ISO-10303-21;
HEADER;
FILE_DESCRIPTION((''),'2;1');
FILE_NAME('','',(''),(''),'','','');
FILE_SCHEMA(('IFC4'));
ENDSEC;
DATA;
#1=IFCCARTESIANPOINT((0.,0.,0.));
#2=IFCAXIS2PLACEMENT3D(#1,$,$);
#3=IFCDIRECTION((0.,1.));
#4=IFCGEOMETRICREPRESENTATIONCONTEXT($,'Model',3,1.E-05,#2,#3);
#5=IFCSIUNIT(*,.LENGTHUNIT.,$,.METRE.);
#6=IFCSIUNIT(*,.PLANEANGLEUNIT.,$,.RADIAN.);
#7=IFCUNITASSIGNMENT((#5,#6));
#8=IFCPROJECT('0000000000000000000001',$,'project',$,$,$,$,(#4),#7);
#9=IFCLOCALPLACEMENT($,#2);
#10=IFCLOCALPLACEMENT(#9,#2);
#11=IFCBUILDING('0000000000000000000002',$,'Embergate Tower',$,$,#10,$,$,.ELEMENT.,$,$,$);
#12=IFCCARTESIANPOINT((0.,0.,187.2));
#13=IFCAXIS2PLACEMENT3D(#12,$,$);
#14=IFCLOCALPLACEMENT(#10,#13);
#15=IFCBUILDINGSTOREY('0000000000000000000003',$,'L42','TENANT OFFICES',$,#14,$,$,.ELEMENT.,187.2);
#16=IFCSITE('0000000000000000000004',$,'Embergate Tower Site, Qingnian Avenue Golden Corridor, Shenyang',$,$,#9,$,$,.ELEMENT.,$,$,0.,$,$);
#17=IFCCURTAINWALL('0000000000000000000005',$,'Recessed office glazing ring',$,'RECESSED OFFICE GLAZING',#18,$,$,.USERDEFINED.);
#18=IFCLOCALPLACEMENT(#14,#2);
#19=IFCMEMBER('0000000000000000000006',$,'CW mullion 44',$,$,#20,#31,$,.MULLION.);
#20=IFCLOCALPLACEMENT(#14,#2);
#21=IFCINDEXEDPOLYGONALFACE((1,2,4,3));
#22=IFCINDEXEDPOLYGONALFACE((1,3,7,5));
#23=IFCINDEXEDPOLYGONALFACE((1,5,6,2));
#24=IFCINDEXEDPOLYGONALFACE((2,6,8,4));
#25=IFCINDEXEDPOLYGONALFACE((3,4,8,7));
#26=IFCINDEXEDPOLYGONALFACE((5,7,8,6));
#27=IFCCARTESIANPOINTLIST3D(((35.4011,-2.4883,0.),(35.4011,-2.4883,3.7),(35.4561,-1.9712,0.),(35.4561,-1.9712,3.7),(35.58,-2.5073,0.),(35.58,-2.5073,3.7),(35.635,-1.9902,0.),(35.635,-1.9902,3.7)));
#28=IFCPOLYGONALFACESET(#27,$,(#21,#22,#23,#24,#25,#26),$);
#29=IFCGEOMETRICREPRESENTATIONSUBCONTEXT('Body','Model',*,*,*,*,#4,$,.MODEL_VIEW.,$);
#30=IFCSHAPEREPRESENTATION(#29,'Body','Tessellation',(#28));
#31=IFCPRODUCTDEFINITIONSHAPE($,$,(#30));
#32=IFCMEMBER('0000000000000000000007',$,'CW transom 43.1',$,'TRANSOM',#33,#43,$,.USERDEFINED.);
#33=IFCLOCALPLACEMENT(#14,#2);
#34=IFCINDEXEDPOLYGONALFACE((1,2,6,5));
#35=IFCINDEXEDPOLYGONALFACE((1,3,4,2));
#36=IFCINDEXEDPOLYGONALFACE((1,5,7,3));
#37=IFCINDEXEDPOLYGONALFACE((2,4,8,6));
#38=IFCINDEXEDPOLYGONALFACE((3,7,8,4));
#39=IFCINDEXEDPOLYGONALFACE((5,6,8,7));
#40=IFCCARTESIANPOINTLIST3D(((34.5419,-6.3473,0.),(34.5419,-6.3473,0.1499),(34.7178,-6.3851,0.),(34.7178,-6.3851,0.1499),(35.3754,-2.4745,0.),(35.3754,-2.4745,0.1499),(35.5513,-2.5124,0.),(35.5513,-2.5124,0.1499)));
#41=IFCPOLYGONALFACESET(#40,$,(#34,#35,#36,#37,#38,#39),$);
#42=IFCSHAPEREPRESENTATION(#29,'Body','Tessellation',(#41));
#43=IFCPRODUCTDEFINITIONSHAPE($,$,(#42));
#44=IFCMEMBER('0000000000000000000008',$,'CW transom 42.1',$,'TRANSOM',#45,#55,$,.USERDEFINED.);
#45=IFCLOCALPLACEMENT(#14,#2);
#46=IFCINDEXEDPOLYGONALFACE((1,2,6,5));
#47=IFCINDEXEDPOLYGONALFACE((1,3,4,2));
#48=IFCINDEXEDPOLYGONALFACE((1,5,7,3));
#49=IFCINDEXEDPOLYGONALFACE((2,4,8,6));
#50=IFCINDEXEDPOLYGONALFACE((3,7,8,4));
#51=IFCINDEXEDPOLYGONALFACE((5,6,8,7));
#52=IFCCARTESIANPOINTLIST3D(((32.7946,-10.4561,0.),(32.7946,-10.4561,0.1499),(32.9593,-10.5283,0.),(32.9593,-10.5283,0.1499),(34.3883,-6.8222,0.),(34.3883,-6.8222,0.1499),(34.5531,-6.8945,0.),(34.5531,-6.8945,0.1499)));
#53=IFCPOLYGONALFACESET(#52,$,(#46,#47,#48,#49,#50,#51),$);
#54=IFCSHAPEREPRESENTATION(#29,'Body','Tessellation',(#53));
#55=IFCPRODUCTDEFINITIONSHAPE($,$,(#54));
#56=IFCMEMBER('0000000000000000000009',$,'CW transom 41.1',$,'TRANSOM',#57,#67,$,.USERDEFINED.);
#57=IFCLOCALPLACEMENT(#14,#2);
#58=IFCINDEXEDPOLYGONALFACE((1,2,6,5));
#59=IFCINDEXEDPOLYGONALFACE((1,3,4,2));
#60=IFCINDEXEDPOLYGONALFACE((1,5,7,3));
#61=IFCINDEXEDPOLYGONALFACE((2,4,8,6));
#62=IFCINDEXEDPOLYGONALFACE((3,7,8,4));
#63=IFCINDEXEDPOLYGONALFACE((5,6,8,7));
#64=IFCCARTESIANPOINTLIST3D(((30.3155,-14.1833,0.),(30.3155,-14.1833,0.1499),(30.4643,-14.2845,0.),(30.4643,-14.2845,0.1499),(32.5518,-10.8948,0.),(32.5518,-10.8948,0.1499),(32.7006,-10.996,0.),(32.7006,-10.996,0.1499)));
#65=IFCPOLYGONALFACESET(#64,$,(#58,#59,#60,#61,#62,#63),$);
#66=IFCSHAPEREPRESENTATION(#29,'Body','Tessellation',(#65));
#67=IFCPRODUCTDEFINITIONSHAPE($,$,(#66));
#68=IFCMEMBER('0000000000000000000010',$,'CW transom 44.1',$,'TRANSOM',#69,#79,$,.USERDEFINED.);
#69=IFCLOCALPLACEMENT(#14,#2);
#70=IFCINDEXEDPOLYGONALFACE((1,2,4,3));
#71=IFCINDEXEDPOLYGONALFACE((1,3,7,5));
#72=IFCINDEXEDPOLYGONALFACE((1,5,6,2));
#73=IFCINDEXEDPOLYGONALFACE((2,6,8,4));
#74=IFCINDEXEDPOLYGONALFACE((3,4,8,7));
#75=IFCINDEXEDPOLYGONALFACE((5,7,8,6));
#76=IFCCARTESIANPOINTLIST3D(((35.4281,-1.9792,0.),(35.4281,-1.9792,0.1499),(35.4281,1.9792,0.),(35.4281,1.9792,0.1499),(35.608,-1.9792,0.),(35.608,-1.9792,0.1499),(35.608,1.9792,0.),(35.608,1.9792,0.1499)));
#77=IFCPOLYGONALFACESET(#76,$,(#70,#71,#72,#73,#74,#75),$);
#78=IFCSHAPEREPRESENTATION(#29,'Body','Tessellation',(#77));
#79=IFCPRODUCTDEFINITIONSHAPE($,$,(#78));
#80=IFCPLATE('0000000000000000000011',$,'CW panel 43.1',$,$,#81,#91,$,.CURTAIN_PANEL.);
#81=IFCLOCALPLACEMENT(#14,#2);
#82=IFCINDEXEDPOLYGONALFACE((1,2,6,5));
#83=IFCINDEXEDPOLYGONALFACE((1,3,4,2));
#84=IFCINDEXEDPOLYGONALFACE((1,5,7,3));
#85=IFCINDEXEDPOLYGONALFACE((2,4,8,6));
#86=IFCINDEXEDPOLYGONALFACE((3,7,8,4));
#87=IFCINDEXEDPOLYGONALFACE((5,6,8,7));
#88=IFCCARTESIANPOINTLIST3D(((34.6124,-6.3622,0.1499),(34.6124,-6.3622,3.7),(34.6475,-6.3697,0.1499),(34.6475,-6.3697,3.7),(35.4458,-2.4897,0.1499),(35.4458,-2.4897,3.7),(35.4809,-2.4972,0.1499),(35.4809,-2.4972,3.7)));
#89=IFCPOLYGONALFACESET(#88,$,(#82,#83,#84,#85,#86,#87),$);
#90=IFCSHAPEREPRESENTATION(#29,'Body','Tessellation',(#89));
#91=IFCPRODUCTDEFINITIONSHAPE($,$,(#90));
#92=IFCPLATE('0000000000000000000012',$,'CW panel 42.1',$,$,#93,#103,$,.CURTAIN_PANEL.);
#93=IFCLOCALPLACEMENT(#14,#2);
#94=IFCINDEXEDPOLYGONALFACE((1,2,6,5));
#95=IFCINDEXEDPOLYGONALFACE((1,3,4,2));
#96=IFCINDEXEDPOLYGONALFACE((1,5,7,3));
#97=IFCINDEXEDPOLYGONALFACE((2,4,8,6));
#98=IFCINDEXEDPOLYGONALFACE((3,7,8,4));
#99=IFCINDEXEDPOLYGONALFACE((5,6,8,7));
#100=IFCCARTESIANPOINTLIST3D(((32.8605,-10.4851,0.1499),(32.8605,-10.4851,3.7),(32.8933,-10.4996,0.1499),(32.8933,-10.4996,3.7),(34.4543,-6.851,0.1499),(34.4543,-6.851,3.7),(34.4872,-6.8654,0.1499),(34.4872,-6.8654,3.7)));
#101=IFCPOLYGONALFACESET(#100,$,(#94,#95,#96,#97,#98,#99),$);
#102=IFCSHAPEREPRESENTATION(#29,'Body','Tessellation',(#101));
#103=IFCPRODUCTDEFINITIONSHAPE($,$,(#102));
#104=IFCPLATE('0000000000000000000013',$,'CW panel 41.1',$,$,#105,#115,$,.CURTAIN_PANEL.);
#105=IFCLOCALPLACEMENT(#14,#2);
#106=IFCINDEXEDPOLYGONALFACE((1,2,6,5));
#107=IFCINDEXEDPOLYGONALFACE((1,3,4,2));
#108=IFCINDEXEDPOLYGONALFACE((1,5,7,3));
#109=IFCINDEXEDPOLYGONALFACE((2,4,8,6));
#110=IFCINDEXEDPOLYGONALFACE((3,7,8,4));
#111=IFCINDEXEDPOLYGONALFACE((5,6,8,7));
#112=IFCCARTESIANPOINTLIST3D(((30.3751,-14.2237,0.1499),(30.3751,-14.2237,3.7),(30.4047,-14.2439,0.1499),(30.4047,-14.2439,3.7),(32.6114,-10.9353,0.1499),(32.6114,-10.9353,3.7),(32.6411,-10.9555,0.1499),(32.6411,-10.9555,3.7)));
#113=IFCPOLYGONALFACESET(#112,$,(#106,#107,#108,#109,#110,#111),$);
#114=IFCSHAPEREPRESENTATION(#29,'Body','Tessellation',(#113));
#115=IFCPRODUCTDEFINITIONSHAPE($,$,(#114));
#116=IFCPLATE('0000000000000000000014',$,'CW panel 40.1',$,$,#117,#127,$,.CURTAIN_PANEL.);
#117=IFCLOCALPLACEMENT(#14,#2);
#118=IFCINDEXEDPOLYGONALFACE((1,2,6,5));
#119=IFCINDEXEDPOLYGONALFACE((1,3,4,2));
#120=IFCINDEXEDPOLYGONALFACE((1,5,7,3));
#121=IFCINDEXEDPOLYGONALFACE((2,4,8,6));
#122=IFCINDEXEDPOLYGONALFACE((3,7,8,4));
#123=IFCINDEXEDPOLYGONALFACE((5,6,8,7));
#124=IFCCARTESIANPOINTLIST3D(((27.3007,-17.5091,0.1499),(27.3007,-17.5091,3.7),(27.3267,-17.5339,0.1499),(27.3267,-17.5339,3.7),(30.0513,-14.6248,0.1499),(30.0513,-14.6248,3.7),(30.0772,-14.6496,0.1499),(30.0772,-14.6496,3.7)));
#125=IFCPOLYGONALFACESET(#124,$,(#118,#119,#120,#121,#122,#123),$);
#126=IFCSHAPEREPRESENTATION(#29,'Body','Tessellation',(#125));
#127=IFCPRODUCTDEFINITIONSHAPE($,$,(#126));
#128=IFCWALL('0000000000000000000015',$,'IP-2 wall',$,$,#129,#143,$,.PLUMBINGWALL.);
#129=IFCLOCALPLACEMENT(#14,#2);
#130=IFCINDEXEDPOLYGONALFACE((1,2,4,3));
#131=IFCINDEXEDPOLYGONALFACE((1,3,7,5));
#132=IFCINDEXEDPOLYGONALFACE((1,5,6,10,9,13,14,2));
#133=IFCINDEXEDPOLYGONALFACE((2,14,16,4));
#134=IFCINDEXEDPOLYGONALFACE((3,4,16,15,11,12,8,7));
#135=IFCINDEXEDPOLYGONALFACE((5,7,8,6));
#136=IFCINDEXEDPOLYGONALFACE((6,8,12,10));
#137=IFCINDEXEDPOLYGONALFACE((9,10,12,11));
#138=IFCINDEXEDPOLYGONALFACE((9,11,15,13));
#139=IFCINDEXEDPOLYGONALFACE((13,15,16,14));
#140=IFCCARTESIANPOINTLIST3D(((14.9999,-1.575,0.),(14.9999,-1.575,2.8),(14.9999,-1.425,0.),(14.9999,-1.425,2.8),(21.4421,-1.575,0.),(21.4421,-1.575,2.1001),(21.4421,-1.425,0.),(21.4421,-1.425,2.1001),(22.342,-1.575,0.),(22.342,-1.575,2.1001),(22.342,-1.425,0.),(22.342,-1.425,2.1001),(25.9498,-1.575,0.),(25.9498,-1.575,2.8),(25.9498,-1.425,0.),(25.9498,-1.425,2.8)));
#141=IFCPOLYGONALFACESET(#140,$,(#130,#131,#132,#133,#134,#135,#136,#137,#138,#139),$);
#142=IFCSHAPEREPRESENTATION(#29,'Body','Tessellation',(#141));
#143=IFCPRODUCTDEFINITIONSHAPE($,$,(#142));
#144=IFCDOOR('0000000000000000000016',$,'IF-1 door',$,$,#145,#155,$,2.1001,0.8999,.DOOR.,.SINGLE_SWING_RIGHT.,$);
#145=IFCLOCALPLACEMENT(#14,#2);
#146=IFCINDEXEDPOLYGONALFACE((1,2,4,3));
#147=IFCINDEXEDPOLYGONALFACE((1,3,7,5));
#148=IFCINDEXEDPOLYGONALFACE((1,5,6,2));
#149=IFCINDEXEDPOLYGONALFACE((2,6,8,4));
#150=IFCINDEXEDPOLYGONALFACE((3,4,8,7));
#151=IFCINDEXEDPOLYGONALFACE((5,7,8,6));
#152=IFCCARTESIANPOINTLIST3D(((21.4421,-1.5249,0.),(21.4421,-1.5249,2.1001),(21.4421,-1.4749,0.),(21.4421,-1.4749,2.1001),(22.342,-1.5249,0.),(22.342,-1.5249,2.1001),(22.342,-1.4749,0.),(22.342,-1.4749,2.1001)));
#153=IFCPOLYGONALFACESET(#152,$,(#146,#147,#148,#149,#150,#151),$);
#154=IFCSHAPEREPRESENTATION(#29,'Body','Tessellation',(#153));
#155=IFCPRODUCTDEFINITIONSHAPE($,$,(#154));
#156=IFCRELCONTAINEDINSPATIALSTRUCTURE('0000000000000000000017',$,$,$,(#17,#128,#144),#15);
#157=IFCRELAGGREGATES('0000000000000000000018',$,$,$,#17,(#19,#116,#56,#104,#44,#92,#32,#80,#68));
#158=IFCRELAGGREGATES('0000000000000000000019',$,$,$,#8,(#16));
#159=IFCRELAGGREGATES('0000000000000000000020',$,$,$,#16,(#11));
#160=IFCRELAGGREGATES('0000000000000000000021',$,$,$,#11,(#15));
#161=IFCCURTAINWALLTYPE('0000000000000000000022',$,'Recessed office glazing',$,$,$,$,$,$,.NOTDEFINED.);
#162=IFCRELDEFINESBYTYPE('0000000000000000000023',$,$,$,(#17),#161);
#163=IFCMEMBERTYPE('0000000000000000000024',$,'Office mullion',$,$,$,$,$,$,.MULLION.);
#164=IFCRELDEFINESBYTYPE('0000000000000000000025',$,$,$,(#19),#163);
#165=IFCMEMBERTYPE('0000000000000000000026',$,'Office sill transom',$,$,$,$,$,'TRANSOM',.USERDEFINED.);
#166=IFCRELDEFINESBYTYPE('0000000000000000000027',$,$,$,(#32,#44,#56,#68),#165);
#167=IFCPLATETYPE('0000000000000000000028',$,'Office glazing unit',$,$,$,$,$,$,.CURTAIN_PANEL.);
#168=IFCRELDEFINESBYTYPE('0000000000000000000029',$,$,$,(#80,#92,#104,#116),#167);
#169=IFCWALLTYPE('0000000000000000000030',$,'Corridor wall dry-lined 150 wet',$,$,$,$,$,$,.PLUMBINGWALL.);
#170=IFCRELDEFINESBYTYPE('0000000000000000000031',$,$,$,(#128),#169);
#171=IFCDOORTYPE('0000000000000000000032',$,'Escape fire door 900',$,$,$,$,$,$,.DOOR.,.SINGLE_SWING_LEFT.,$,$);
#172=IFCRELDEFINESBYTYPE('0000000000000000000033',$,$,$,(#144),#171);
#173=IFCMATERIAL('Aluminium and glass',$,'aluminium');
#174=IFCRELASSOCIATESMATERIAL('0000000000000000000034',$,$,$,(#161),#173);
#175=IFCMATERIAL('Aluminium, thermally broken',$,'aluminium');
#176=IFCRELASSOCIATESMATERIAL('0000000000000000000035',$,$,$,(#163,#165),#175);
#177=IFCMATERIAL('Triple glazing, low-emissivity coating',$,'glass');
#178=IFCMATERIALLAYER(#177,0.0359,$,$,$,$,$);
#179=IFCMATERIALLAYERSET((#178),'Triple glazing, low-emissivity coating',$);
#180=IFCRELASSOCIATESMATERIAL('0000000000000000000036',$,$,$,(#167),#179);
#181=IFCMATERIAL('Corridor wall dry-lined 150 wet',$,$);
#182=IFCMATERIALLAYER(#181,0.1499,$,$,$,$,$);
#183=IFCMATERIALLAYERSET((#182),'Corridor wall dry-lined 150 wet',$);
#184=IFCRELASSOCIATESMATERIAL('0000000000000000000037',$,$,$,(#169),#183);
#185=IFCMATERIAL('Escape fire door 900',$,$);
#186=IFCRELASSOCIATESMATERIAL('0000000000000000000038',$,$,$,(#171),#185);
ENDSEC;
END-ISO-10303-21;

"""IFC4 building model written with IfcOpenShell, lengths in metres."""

from ifc_helpers import new_model, si_unit, direction, frame, frame_2d, origin, origin_2d, place, context, subcontext, project, spatial, rectangle, extrude, source, transform, mapped, material, layer, layer_set, material_profile, profile_set, type_object, element, fill, aggregate, save


model = new_model("IFC4")

# Units and contexts
model_context = context("Model", 3, precision=1e-05, world=origin(), true_north=direction((0.0, 1.0)))
body_context = subcontext(model_context, "Body", "Model", "MODEL_VIEW")
ifc_project = project(units=[si_unit("LENGTHUNIT", "METRE"), si_unit("PLANEANGLEUNIT", "RADIAN")], contexts=[model_context])

# Site, building, storey
site_placement = place(None, origin())
site = spatial("IfcSite", under=ifc_project, at=site_placement, Name="Embergate Tower Site, Qingnian Avenue Golden Corridor, Shenyang", CompositionType="ELEMENT", RefElevation=0.0)
building_placement = place(site_placement, origin())
building = spatial("IfcBuilding", under=site, at=building_placement, Name="Embergate Tower", CompositionType="ELEMENT")
storey_placement = place(building_placement, frame((0.0, 0.0, 187.2)))
storey = spatial("IfcBuildingStorey", under=building, at=storey_placement, Name="L42", Description="TENANT OFFICES", CompositionType="ELEMENT", Elevation=187.2)

# Curtain wall, members, plates
ifc_material_1 = material(Name="Aluminium and glass", Category="aluminium")
curtain_wall_type = type_object("IfcCurtainWallType", Name="Recessed office glazing", PredefinedType="NOTDEFINED", material=ifc_material_1)
curtain_wall_placement = place(storey_placement, origin())
curtain_wall = element("IfcCurtainWall", 1, at=curtain_wall_placement, inside=storey, type_object=curtain_wall_type, Name="Recessed office glazing ring", ObjectType="RECESSED OFFICE GLAZING", PredefinedType="USERDEFINED")
ifc_material_2 = material(Name="Aluminium, thermally broken", Category="aluminium")
ifc_material_profile_1 = material_profile(ifc_material_2, rectangle(XDim=0.1799, YDim=0.52, at=origin_2d()), Name="AL 520x180")
ifc_profile_set_1 = profile_set([ifc_material_profile_1], Name="Aluminium, thermally broken")
member_type_1 = type_object("IfcMemberType", Name="Office mullion", PredefinedType="MULLION", material=ifc_profile_set_1)
shared_shape_1 = source(origin(), body_context, "Body", "SweptSolid", [
    extrude(rectangle(XDim=0.1799, YDim=0.52, at=origin_2d()), origin(), (0.0, 0.0, 1.0), 3.7),
])
member_1_placement = place(storey_placement, frame((35.5181, -2.2393, 0.0), z_axis=(0.0, 0.0, 1.0), x_axis=(-0.994385, 0.105823, 0.0)))
member_1 = element("IfcMember", 2, at=member_1_placement, type_object=member_type_1, Name="CW mullion 44", PredefinedType="MULLION", context=body_context, shape_type="MappedRepresentation", body=[
    mapped(shared_shape_1, transform((0.0, 0.0, 0.0))),
])
ifc_material_profile_2 = material_profile(ifc_material_2, rectangle(XDim=0.1799, YDim=0.1499, at=origin_2d()), Name="AL 150x180")
ifc_profile_set_2 = profile_set([ifc_material_profile_2], Name="Aluminium, thermally broken")
member_type_2 = type_object("IfcMemberType", Name="Office sill transom", ElementType="TRANSOM", PredefinedType="USERDEFINED", material=ifc_profile_set_2)
shared_shape_2 = source(origin(), body_context, "Body", "SweptSolid", [
    extrude(rectangle(XDim=0.1799, YDim=0.1499, at=origin_2d()), origin(), (0.0, 0.0, 1.0), 3.9614),
])
member_2_placement = place(storey_placement, frame((34.6299, -6.3662, 0.075), z_axis=(0.2104, 0.977615, 0.0), x_axis=(-0.977615, 0.2104, 0.0)))
member_2 = element("IfcMember", 3, at=member_2_placement, type_object=member_type_2, Name="CW transom 43.1", ObjectType="TRANSOM", PredefinedType="USERDEFINED", context=body_context, shape_type="MappedRepresentation", body=[
    mapped(shared_shape_2, transform((0.0, 0.0, 0.0))),
])
shared_shape_3 = source(origin(), body_context, "Body", "SweptSolid", [
    extrude(rectangle(XDim=0.1799, YDim=0.1499, at=origin_2d()), origin(), (0.0, 0.0, 1.0), 3.968),
])
member_3_placement = place(storey_placement, frame((32.877, -10.4922, 0.075), z_axis=(0.401658, 0.91579, 0.0), x_axis=(-0.91579, 0.401658, 0.0)))
member_3 = element("IfcMember", 4, at=member_3_placement, type_object=member_type_2, Name="CW transom 42.1", ObjectType="TRANSOM", PredefinedType="USERDEFINED", context=body_context, shape_type="MappedRepresentation", body=[
    mapped(shared_shape_3, transform((0.0, 0.0, 0.0))),
])
shared_shape_4 = source(origin(), body_context, "Body", "SweptSolid", [
    extrude(rectangle(XDim=0.1799, YDim=0.1499, at=origin_2d()), origin(), (0.0, 0.0, 1.0), 3.9768),
])
member_4_placement = place(storey_placement, frame((30.3899, -14.2339, 0.075), z_axis=(0.562327, 0.826915, 0.0), x_axis=(-0.826915, 0.562327, 0.0)))
member_4 = element("IfcMember", 5, at=member_4_placement, type_object=member_type_2, Name="CW transom 41.1", ObjectType="TRANSOM", PredefinedType="USERDEFINED", context=body_context, shape_type="MappedRepresentation", body=[
    mapped(shared_shape_4, transform((0.0, 0.0, 0.0))),
])
shared_shape_5 = source(origin(), body_context, "Body", "SweptSolid", [
    extrude(rectangle(XDim=0.1799, YDim=0.1499, at=origin_2d()), origin(), (0.0, 0.0, 1.0), 3.9585),
])
member_5_placement = place(storey_placement, frame((35.5181, -1.9792, 0.075), z_axis=(0.0, 1.0, 0.0), x_axis=(-1.0, 0.0, 0.0)))
member_5 = element("IfcMember", 6, at=member_5_placement, type_object=member_type_2, Name="CW transom 44.1", ObjectType="TRANSOM", PredefinedType="USERDEFINED", context=body_context, shape_type="MappedRepresentation", body=[
    mapped(shared_shape_5, transform((0.0, 0.0, 0.0))),
])
ifc_material_3 = material(Name="Triple glazing, low-emissivity coating", Category="glass")
ifc_layer_1 = layer(ifc_material_3, 0.0359)
ifc_layer_set_1 = layer_set([ifc_layer_1], Name="Triple glazing, low-emissivity coating")
plate_type = type_object("IfcPlateType", Name="Office glazing unit", PredefinedType="CURTAIN_PANEL", material=ifc_layer_set_1)
shared_shape_6 = source(origin(), body_context, "Body", "SweptSolid", [
    extrude(rectangle(XDim=3.9612, YDim=0.0359, at=origin_2d()), origin(), (0.0, 0.0, 1.0), 3.55),
])
plate_1_placement = place(storey_placement, frame((35.0466, -4.4297, 0.1499), z_axis=(0.0, 0.0, 1.0), x_axis=(0.210397, 0.977616, 0.0)))
plate_1 = element("IfcPlate", 7, at=plate_1_placement, type_object=plate_type, Name="CW panel 43.1", PredefinedType="CURTAIN_PANEL", context=body_context, shape_type="MappedRepresentation", body=[
    mapped(shared_shape_6, transform((0.0, 0.0, 0.0))),
])
shared_shape_7 = source(origin(), body_context, "Body", "SweptSolid", [
    extrude(rectangle(XDim=3.9683, YDim=0.0359, at=origin_2d()), origin(), (0.0, 0.0, 1.0), 3.55),
])
plate_2_placement = place(storey_placement, frame((33.6738, -8.6753, 0.1499), z_axis=(0.0, 0.0, 1.0), x_axis=(0.401651, 0.915793, 0.0)))
plate_2 = element("IfcPlate", 8, at=plate_2_placement, type_object=plate_type, Name="CW panel 42.1", PredefinedType="CURTAIN_PANEL", context=body_context, shape_type="MappedRepresentation", body=[
    mapped(shared_shape_7, transform((0.0, 0.0, 0.0))),
])
shared_shape_8 = source(origin(), body_context, "Body", "SweptSolid", [
    extrude(rectangle(XDim=3.9768, YDim=0.0359, at=origin_2d()), origin(), (0.0, 0.0, 1.0), 3.55),
])
plate_3_placement = place(storey_placement, frame((31.5081, -12.5896, 0.1499), z_axis=(0.0, 0.0, 1.0), x_axis=(0.56234, 0.826906, 0.0)))
plate_3 = element("IfcPlate", 9, at=plate_3_placement, type_object=plate_type, Name="CW panel 41.1", PredefinedType="CURTAIN_PANEL", context=body_context, shape_type="MappedRepresentation", body=[
    mapped(shared_shape_8, transform((0.0, 0.0, 0.0))),
])
shared_shape_9 = source(origin(), body_context, "Body", "SweptSolid", [
    extrude(rectangle(XDim=3.9856, YDim=0.0359, at=origin_2d()), origin(), (0.0, 0.0, 1.0), 3.55),
])
plate_4_placement = place(storey_placement, frame((28.689, -16.0793, 0.1499), z_axis=(0.0, 0.0, 1.0), x_axis=(0.690133, 0.723683, 0.0)))
plate_4 = element("IfcPlate", 10, at=plate_4_placement, type_object=plate_type, Name="CW panel 40.1", PredefinedType="CURTAIN_PANEL", context=body_context, shape_type="MappedRepresentation", body=[
    mapped(shared_shape_9, transform((0.0, 0.0, 0.0))),
])
aggregate(curtain_wall, [member_1, plate_4, member_4, plate_3, member_3, plate_2, member_2, plate_1, member_5])

# Wall, opening, door
ifc_material_4 = material(Name="Corridor wall dry-lined 150 wet")
ifc_layer_2 = layer(ifc_material_4, 0.1499)
ifc_layer_set_2 = layer_set([ifc_layer_2], Name="Corridor wall dry-lined 150 wet")
wall_type_1 = type_object("IfcWallType", Name="Corridor wall dry-lined 150 wet", PredefinedType="PLUMBINGWALL", material=ifc_layer_set_2)
shared_shape_10 = source(origin(), body_context, "Body", "SweptSolid", [
    extrude(rectangle(XDim=10.95, YDim=0.1499, at=frame_2d((5.4751, 0.0))), origin(), (0.0, 0.0, 1.0), 2.8),
])
wall_1_placement = place(storey_placement, frame((25.95, -1.5, 0.0), z_axis=(0.0, 0.0, 1.0), x_axis=(-1.0, 0.0, 0.0)))
wall_1 = element("IfcWall", 11, at=wall_1_placement, inside=storey, type_object=wall_type_1, Name="IP-2 wall", PredefinedType="PLUMBINGWALL", context=body_context, shape_type="MappedRepresentation", body=[
    mapped(shared_shape_10, transform((0.0, 0.0, 0.0))),
])
shared_shape_11 = source(origin(), body_context, "Body", "SweptSolid", [
    extrude(rectangle(XDim=0.8999, YDim=2.1001, at=frame_2d((0.45, 1.05))), frame((0.0, 0.085, 0.0), z_axis=(0.0, -1.0, 0.0), x_axis=(1.0, 0.0, 0.0)), (0.0, 0.0, 1.0), 0.1699),
])
opening_1_placement = place(wall_1_placement, frame((3.6079, 0.0, 0.0)))
opening_1 = element("IfcOpeningElement", 12, at=opening_1_placement, cuts=wall_1, PredefinedType="OPENING", context=body_context, shape_type="MappedRepresentation", body=[
    mapped(shared_shape_11, transform((0.0, 0.0, 0.0))),
])
ifc_material_5 = material(Name="Escape fire door 900")
door_type_1 = type_object("IfcDoorType", Name="Escape fire door 900", OperationType="SINGLE_SWING_LEFT", PredefinedType="DOOR", material=ifc_material_5)
shared_shape_12 = source(origin(), body_context, "Body", "SweptSolid", [
    extrude(rectangle(XDim=0.8999, YDim=2.1001, at=frame_2d((0.45, 1.05))), frame((0.0, 0.0249, 0.0), z_axis=(0.0, -1.0, 0.0), x_axis=(1.0, 0.0, 0.0)), (0.0, 0.0, 1.0), 0.05),
])
door_1_placement = place(opening_1_placement, origin())
door_1 = element("IfcDoor", 13, at=door_1_placement, inside=storey, type_object=door_type_1, Name="IF-1 door", OperationType="SINGLE_SWING_RIGHT", OverallHeight=2.1001, OverallWidth=0.8999, PredefinedType="DOOR", context=body_context, shape_type="MappedRepresentation", body=[
    mapped(shared_shape_12, transform((0.0, 0.0, 0.0))),
])
fill(opening_1, door_1)

save(model, "model.ifc")
